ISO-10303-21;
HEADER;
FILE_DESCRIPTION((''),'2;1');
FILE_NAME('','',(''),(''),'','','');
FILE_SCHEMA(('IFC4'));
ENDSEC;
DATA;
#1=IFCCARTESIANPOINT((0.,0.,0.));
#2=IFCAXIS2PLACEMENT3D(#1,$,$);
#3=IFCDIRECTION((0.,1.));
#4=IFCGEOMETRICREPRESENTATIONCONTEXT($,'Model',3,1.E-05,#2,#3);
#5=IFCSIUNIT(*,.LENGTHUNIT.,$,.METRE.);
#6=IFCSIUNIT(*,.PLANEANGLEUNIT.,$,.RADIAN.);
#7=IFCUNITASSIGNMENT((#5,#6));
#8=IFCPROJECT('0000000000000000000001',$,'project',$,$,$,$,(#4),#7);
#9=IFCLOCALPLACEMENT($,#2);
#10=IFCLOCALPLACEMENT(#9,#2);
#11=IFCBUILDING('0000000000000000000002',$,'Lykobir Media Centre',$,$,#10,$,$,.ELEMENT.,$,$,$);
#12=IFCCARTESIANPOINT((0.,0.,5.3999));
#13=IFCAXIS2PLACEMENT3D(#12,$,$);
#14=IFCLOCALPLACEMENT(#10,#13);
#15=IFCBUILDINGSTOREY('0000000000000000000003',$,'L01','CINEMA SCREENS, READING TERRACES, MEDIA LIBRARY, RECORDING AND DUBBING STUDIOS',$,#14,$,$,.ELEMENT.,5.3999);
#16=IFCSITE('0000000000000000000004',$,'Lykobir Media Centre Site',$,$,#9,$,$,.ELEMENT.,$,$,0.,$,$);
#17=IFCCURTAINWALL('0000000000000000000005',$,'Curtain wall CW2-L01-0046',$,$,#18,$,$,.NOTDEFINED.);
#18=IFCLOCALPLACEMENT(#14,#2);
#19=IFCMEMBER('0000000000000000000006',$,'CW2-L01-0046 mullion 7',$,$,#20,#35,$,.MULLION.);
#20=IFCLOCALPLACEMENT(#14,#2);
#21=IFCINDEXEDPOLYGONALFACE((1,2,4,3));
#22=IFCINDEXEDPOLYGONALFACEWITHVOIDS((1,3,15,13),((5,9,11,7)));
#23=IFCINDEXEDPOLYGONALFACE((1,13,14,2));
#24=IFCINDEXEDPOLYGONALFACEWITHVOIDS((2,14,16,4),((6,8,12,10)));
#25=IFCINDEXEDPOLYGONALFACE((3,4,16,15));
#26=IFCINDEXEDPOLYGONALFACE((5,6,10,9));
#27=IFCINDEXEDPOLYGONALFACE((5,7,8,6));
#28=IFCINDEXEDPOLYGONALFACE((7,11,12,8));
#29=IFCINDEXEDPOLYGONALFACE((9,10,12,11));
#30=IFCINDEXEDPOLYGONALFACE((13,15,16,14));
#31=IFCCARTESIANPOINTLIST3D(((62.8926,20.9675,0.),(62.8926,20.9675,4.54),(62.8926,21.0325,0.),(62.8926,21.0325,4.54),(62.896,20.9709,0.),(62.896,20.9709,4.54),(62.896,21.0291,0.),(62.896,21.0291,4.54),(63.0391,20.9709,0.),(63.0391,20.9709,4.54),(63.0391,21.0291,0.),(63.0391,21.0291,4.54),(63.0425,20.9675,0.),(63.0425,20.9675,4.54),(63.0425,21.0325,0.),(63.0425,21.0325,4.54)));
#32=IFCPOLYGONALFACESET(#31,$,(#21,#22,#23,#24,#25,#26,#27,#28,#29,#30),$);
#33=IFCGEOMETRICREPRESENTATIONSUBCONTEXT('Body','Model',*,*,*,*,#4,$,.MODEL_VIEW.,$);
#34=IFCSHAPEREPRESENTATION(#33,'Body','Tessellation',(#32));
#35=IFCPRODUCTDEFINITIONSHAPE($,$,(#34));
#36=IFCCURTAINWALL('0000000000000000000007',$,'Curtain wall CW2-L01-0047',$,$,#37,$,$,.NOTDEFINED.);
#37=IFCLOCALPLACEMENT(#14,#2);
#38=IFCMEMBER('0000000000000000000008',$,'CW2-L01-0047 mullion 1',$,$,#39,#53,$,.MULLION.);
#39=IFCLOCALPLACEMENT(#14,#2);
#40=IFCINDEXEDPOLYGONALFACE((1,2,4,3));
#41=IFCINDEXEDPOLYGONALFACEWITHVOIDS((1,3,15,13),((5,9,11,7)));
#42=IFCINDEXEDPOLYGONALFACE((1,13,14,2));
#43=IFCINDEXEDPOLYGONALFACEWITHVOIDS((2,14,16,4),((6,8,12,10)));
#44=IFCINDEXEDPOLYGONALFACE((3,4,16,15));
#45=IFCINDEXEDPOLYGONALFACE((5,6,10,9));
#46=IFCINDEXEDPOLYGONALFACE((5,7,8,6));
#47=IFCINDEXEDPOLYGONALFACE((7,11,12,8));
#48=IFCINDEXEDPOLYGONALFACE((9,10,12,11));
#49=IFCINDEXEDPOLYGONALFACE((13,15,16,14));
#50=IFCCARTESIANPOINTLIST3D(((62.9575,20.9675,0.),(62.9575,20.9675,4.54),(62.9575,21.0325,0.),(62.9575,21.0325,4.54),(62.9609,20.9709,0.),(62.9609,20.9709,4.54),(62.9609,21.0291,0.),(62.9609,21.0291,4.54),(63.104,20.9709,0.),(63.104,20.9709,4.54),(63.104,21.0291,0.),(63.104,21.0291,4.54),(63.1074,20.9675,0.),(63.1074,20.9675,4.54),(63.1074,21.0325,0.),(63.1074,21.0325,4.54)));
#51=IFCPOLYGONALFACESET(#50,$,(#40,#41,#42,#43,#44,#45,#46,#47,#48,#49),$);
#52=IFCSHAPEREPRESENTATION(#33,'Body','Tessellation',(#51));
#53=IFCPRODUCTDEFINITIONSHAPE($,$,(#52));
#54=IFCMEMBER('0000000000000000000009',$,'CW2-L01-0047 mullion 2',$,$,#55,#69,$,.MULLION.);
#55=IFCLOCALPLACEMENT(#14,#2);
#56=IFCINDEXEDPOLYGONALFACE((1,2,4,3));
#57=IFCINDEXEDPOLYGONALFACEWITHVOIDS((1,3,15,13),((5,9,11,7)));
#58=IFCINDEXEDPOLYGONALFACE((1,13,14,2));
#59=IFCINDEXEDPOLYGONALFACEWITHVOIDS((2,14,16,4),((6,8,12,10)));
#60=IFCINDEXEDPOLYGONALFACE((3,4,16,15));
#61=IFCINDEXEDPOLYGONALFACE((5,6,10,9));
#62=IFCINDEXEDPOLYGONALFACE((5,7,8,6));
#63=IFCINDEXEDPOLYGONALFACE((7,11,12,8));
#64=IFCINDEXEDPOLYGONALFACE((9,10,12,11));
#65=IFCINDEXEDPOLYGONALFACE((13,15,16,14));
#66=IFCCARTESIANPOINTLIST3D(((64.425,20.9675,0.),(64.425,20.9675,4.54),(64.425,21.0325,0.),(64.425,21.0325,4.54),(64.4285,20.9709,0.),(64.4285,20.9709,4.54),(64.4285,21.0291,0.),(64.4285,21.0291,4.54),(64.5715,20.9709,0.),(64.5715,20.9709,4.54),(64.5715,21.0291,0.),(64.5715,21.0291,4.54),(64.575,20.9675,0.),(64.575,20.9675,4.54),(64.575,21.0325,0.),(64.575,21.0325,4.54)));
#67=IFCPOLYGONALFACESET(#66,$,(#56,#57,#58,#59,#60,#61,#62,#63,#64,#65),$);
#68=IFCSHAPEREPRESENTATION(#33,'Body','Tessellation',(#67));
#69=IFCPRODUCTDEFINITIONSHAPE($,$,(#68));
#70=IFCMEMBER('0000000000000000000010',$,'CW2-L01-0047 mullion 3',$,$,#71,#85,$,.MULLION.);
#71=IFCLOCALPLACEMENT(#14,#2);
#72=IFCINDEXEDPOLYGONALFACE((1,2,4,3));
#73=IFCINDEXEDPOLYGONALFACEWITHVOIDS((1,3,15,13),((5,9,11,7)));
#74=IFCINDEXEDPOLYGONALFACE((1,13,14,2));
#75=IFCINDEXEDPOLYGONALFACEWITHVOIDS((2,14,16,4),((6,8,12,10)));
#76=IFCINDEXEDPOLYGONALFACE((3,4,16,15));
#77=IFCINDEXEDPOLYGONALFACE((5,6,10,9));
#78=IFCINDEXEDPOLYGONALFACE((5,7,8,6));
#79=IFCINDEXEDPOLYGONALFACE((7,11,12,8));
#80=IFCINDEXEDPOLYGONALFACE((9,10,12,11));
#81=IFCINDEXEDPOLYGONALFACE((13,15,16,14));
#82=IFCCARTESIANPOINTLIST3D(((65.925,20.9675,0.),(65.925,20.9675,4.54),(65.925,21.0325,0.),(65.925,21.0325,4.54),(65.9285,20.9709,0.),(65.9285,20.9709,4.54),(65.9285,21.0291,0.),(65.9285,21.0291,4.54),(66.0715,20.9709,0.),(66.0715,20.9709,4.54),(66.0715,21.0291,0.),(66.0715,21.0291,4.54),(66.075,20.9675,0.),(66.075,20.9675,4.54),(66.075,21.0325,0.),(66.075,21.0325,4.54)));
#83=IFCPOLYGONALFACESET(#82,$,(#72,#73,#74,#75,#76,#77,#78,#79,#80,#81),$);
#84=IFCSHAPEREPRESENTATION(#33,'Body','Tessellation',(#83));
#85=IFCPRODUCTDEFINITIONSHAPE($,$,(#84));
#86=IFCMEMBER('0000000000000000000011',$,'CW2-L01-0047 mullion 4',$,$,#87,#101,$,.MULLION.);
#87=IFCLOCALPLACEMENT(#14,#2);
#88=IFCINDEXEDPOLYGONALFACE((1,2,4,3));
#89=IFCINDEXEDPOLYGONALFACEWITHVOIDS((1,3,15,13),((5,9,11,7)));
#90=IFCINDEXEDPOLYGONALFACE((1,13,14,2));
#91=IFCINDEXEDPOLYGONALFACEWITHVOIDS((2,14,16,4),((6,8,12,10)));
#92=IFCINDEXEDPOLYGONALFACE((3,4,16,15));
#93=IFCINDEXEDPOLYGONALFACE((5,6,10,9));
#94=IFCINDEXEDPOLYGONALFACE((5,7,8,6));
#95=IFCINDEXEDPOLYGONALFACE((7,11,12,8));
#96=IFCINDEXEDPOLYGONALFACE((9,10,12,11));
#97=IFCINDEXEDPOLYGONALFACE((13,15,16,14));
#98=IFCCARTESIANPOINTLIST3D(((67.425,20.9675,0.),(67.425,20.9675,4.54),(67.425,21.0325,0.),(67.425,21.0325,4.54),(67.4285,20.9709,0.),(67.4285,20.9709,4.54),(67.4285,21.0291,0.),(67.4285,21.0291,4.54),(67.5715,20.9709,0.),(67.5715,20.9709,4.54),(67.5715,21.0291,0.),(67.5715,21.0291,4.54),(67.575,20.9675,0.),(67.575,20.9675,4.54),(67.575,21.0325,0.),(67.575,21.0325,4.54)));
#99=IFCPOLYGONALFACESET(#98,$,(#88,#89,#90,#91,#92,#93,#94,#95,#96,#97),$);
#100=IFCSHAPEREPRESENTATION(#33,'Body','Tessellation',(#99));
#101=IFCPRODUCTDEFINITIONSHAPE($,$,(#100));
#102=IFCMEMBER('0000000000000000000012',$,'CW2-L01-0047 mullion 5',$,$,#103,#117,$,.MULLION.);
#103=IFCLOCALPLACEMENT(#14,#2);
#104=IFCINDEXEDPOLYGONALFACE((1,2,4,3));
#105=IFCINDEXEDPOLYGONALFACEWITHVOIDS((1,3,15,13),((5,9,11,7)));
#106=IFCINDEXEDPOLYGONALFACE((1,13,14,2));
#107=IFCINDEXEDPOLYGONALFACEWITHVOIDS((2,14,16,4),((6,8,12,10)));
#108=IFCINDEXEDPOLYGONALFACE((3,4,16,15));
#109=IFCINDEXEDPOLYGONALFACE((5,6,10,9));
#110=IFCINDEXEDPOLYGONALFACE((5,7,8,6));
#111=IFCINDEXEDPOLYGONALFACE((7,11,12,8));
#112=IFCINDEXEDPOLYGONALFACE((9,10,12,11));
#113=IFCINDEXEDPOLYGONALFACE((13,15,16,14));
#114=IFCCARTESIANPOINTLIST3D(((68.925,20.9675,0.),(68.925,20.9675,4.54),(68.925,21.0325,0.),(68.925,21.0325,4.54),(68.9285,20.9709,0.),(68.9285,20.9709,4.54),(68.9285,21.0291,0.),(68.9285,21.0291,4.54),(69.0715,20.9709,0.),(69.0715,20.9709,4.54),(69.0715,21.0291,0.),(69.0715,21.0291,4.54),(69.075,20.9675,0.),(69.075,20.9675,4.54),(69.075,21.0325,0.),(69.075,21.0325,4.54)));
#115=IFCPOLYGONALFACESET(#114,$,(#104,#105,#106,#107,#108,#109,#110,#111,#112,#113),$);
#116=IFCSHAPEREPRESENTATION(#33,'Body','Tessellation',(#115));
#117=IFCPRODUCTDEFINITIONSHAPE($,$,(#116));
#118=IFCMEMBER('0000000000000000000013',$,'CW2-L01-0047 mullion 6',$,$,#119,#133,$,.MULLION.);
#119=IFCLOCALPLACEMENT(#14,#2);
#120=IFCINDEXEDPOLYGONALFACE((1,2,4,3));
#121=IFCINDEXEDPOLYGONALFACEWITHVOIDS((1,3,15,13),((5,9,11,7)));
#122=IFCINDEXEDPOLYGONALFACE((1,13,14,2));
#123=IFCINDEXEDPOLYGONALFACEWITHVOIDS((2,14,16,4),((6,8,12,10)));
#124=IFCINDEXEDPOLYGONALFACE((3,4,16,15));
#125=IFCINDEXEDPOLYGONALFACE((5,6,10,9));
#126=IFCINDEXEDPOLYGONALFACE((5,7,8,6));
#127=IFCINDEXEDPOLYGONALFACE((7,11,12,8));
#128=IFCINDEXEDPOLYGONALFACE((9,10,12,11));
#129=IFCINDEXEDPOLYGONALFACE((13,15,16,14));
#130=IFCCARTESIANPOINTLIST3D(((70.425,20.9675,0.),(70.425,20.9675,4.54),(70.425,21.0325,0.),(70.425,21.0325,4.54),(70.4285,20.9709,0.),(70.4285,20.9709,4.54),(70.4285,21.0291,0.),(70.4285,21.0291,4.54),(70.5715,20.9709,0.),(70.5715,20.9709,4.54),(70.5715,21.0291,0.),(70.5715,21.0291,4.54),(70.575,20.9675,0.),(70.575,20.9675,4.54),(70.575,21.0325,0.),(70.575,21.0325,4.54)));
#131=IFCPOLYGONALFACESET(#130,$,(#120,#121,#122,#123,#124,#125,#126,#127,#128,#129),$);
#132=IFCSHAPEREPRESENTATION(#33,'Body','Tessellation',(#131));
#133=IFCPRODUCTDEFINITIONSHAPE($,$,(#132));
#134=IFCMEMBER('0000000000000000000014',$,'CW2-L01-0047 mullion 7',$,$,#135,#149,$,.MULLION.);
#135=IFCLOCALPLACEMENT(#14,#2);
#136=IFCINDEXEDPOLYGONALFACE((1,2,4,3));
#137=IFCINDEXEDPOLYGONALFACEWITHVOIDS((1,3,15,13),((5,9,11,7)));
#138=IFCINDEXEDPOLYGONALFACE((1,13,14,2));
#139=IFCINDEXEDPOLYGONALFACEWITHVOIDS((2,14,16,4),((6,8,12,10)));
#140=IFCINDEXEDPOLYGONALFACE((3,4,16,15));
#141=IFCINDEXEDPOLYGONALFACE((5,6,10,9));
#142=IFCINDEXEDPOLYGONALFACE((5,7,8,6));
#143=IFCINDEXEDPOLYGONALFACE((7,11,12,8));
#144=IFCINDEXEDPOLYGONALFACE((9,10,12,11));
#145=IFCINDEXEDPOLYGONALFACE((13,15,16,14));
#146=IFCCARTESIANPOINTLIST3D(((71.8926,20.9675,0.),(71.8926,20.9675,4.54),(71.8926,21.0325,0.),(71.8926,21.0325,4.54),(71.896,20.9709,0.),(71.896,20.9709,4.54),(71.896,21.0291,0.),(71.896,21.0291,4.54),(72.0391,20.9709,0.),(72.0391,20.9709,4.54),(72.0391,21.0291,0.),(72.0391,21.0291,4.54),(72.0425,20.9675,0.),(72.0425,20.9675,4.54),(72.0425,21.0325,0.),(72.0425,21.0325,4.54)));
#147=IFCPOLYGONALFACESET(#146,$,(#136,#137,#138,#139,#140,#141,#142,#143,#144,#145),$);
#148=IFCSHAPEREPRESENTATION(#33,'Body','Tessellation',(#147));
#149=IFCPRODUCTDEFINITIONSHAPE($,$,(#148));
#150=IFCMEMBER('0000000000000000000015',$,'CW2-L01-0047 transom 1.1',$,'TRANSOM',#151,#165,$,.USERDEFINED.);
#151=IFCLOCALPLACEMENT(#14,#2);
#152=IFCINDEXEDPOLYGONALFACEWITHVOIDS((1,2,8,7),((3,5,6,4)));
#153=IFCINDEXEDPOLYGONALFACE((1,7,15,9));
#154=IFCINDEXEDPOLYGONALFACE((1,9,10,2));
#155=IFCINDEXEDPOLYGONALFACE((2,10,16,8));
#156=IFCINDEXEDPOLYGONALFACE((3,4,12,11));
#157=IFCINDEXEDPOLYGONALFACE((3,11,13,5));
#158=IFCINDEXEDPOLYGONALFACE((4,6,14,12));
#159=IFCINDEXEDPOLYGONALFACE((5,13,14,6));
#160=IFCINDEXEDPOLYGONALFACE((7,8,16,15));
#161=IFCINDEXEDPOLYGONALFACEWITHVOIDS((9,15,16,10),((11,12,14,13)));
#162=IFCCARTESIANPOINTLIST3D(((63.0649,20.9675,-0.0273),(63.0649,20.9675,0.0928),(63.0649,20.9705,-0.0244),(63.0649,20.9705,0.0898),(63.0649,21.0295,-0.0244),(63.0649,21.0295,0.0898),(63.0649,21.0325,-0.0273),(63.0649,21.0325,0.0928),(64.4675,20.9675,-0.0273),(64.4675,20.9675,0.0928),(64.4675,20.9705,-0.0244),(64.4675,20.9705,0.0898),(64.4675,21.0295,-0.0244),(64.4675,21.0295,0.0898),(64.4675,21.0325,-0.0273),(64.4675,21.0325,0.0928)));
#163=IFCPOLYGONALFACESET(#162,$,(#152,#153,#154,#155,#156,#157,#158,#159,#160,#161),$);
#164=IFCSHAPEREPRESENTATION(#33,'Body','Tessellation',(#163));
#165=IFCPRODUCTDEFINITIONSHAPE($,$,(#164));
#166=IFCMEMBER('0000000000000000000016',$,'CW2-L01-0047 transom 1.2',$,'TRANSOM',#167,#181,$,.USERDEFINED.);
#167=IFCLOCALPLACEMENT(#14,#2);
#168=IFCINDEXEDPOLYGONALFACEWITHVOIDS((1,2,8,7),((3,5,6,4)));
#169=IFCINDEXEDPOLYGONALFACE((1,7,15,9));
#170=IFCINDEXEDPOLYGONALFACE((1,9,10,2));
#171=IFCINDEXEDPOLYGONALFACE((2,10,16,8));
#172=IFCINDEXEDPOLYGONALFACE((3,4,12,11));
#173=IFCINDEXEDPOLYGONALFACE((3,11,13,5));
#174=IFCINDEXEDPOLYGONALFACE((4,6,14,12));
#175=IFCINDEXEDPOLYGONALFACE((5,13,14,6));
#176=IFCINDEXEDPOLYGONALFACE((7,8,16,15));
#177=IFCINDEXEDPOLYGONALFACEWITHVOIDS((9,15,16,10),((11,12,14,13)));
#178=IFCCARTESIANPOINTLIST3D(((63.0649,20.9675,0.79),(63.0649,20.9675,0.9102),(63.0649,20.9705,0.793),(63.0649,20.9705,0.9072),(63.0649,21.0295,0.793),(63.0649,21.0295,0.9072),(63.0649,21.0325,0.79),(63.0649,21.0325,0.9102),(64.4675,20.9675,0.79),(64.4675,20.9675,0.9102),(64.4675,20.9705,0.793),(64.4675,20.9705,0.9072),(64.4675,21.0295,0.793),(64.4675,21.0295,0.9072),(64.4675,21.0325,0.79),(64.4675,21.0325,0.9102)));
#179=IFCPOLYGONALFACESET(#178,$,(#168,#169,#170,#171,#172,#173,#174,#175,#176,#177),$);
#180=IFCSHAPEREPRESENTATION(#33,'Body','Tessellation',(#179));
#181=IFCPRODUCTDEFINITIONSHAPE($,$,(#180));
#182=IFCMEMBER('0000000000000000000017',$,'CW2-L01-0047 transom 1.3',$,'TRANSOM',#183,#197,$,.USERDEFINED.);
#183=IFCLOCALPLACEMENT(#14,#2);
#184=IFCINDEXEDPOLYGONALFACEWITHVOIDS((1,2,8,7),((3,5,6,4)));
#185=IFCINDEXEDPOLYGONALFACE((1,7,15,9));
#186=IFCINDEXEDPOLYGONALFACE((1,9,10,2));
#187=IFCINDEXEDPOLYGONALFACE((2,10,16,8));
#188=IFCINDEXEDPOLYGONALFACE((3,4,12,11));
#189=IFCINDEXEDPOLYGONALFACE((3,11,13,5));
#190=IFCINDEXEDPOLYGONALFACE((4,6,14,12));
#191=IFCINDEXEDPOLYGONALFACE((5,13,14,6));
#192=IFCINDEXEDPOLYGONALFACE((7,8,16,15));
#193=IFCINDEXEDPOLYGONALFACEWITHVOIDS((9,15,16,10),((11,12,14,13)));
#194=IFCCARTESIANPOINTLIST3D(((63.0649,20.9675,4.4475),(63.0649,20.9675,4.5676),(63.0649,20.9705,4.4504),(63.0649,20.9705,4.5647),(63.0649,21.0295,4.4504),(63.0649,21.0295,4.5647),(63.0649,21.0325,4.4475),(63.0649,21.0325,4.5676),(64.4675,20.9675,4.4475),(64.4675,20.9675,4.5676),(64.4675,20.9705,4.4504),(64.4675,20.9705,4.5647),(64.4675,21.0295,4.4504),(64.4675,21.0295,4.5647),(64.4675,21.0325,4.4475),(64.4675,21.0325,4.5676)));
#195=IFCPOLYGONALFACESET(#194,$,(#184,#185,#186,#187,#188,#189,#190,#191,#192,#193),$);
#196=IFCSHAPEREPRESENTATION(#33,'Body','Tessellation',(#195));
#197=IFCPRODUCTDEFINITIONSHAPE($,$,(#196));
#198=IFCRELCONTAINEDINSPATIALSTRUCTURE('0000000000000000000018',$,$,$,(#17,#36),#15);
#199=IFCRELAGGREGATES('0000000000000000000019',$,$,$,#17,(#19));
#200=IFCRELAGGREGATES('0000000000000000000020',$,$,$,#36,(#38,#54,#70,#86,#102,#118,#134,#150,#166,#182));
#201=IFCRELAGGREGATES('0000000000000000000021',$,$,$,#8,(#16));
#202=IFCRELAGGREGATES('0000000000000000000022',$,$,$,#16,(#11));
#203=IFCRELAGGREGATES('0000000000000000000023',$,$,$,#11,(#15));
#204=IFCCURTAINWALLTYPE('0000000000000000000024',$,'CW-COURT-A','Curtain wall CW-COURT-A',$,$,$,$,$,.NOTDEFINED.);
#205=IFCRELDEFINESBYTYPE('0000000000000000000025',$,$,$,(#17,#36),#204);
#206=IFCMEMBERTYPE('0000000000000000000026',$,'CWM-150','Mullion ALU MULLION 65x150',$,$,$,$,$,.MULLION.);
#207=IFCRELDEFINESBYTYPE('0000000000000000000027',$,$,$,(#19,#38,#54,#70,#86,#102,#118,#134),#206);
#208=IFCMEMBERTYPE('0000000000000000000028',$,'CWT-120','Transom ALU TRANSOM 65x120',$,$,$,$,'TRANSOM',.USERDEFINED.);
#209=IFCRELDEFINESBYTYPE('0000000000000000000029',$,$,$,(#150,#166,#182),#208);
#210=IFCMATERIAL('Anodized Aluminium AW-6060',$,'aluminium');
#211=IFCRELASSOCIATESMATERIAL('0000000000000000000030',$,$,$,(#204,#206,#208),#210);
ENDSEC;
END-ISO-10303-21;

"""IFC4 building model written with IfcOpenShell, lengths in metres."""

from ifc_helpers import new_model, si_unit, direction, frame, origin, origin_2d, place, context, subcontext, project, spatial, hollow_rectangle, extrude, material, material_profile, profile_set, type_object, element, aggregate, save


model = new_model("IFC4")

# Units and contexts
model_context = context("Model", 3, precision=1e-05, world=origin(), true_north=direction((0.0, 1.0)))
body_context = subcontext(model_context, "Body", "Model", "MODEL_VIEW")
ifc_project = project(units=[si_unit("LENGTHUNIT", "METRE"), si_unit("PLANEANGLEUNIT", "RADIAN")], contexts=[model_context])

# Site, building, storey
site_placement = place(None, origin())
site = spatial("IfcSite", under=ifc_project, at=site_placement, Name="Lykobir Media Centre Site", CompositionType="ELEMENT", RefElevation=0.0)
building_placement = place(site_placement, origin())
building = spatial("IfcBuilding", under=site, at=building_placement, Name="Lykobir Media Centre", CompositionType="ELEMENT")
storey_placement = place(building_placement, frame((0.0, 0.0, 5.3999)))
storey = spatial("IfcBuildingStorey", under=building, at=storey_placement, Name="L01", Description="CINEMA SCREENS, READING TERRACES, MEDIA LIBRARY, RECORDING AND DUBBING STUDIOS", CompositionType="ELEMENT", Elevation=5.3999)

# Curtain wall, member
ifc_material_1 = material(Name="Anodized Aluminium AW-6060", Category="aluminium")
curtain_wall_type = type_object("IfcCurtainWallType", Name="CW-COURT-A", Description="Curtain wall CW-COURT-A", PredefinedType="NOTDEFINED", material=ifc_material_1)
curtain_wall_1_placement = place(storey_placement, origin())
curtain_wall_1 = element("IfcCurtainWall", 1, at=curtain_wall_1_placement, inside=storey, type_object=curtain_wall_type, Name="Curtain wall CW2-L01-0046", PredefinedType="NOTDEFINED")
ifc_material_profile_1 = material_profile(ifc_material_1, hollow_rectangle(XDim=0.0649, YDim=0.1499, WallThickness=0.0034, at=origin_2d()), Name="ALU MULLION 65x150")
ifc_profile_set_1 = profile_set([ifc_material_profile_1], Name="Anodized Aluminium AW-6060")
member_type_1 = type_object("IfcMemberType", Name="CWM-150", Description="Mullion ALU MULLION 65x150", PredefinedType="MULLION", material=ifc_profile_set_1)
member_1_placement = place(storey_placement, frame((62.9675, 21.0, 0.0), z_axis=(0.0, 0.0, 1.0), x_axis=(0.0, 1.0, 0.0)))
member_1 = element("IfcMember", 2, at=member_1_placement, type_object=member_type_1, Name="CW2-L01-0046 mullion 7", PredefinedType="MULLION", context=body_context, shape_type="SweptSolid", body=[
    extrude(hollow_rectangle(XDim=0.0649, YDim=0.1499, WallThickness=0.0034, at=origin_2d()), origin(), (0.0, 0.0, 1.0), 4.54),
])

# Curtain wall, members
curtain_wall_2_placement = place(storey_placement, origin())
curtain_wall_2 = element("IfcCurtainWall", 3, at=curtain_wall_2_placement, inside=storey, type_object=curtain_wall_type, Name="Curtain wall CW2-L01-0047", PredefinedType="NOTDEFINED")
member_2_placement = place(storey_placement, frame((63.0325, 21.0, 0.0), z_axis=(0.0, 0.0, 1.0), x_axis=(0.0, 1.0, 0.0)))
member_2 = element("IfcMember", 4, at=member_2_placement, type_object=member_type_1, Name="CW2-L01-0047 mullion 1", PredefinedType="MULLION", context=body_context, shape_type="SweptSolid", body=[
    extrude(hollow_rectangle(XDim=0.0649, YDim=0.1499, WallThickness=0.0034, at=origin_2d()), origin(), (0.0, 0.0, 1.0), 4.54),
])
member_3_placement = place(storey_placement, frame((64.5, 21.0, 0.0), z_axis=(0.0, 0.0, 1.0), x_axis=(0.0, 1.0, 0.0)))
member_3 = element("IfcMember", 5, at=member_3_placement, type_object=member_type_1, Name="CW2-L01-0047 mullion 2", PredefinedType="MULLION", context=body_context, shape_type="SweptSolid", body=[
    extrude(hollow_rectangle(XDim=0.0649, YDim=0.1499, WallThickness=0.0034, at=origin_2d()), origin(), (0.0, 0.0, 1.0), 4.54),
])
member_4_placement = place(storey_placement, frame((66.0, 21.0, 0.0), z_axis=(0.0, 0.0, 1.0), x_axis=(0.0, 1.0, 0.0)))
member_4 = element("IfcMember", 6, at=member_4_placement, type_object=member_type_1, Name="CW2-L01-0047 mullion 3", PredefinedType="MULLION", context=body_context, shape_type="SweptSolid", body=[
    extrude(hollow_rectangle(XDim=0.0649, YDim=0.1499, WallThickness=0.0034, at=origin_2d()), origin(), (0.0, 0.0, 1.0), 4.54),
])
member_5_placement = place(storey_placement, frame((67.5, 21.0, 0.0), z_axis=(0.0, 0.0, 1.0), x_axis=(0.0, 1.0, 0.0)))
member_5 = element("IfcMember", 7, at=member_5_placement, type_object=member_type_1, Name="CW2-L01-0047 mullion 4", PredefinedType="MULLION", context=body_context, shape_type="SweptSolid", body=[
    extrude(hollow_rectangle(XDim=0.0649, YDim=0.1499, WallThickness=0.0034, at=origin_2d()), origin(), (0.0, 0.0, 1.0), 4.54),
])
member_6_placement = place(storey_placement, frame((69.0, 21.0, 0.0), z_axis=(0.0, 0.0, 1.0), x_axis=(0.0, 1.0, 0.0)))
member_6 = element("IfcMember", 8, at=member_6_placement, type_object=member_type_1, Name="CW2-L01-0047 mullion 5", PredefinedType="MULLION", context=body_context, shape_type="SweptSolid", body=[
    extrude(hollow_rectangle(XDim=0.0649, YDim=0.1499, WallThickness=0.0034, at=origin_2d()), origin(), (0.0, 0.0, 1.0), 4.54),
])
member_7_placement = place(storey_placement, frame((70.5, 21.0, 0.0), z_axis=(0.0, 0.0, 1.0), x_axis=(0.0, 1.0, 0.0)))
member_7 = element("IfcMember", 9, at=member_7_placement, type_object=member_type_1, Name="CW2-L01-0047 mullion 6", PredefinedType="MULLION", context=body_context, shape_type="SweptSolid", body=[
    extrude(hollow_rectangle(XDim=0.0649, YDim=0.1499, WallThickness=0.0034, at=origin_2d()), origin(), (0.0, 0.0, 1.0), 4.54),
])
member_8_placement = place(storey_placement, frame((71.9675, 21.0, 0.0), z_axis=(0.0, 0.0, 1.0), x_axis=(0.0, 1.0, 0.0)))
member_8 = element("IfcMember", 10, at=member_8_placement, type_object=member_type_1, Name="CW2-L01-0047 mullion 7", PredefinedType="MULLION", context=body_context, shape_type="SweptSolid", body=[
    extrude(hollow_rectangle(XDim=0.0649, YDim=0.1499, WallThickness=0.0034, at=origin_2d()), origin(), (0.0, 0.0, 1.0), 4.54),
])
ifc_material_profile_2 = material_profile(ifc_material_1, hollow_rectangle(XDim=0.0649, YDim=0.1201, WallThickness=0.0029, at=origin_2d()), Name="ALU TRANSOM 65x120")
ifc_profile_set_2 = profile_set([ifc_material_profile_2], Name="Anodized Aluminium AW-6060")
member_type_2 = type_object("IfcMemberType", Name="CWT-120", Description="Transom ALU TRANSOM 65x120", ElementType="TRANSOM", PredefinedType="USERDEFINED", material=ifc_profile_set_2)
member_9_placement = place(storey_placement, frame((63.0649, 21.0, 0.0327), z_axis=(1.0, 0.0, 0.0), x_axis=(0.0, 1.0, 0.0)))
member_9 = element("IfcMember", 11, at=member_9_placement, type_object=member_type_2, Name="CW2-L01-0047 transom 1.1", ObjectType="TRANSOM", PredefinedType="USERDEFINED", context=body_context, shape_type="SweptSolid", body=[
    extrude(hollow_rectangle(XDim=0.0649, YDim=0.1201, WallThickness=0.0029, at=origin_2d()), origin(), (0.0, 0.0, 1.0), 1.4026),
])
member_10_placement = place(storey_placement, frame((63.0649, 21.0, 0.8501), z_axis=(1.0, 0.0, 0.0), x_axis=(0.0, 1.0, 0.0)))
member_10 = element("IfcMember", 12, at=member_10_placement, type_object=member_type_2, Name="CW2-L01-0047 transom 1.2", ObjectType="TRANSOM", PredefinedType="USERDEFINED", context=body_context, shape_type="SweptSolid", body=[
    extrude(hollow_rectangle(XDim=0.0649, YDim=0.1201, WallThickness=0.0029, at=origin_2d()), origin(), (0.0, 0.0, 1.0), 1.4026),
])
member_11_placement = place(storey_placement, frame((63.0649, 21.0, 4.5076), z_axis=(1.0, 0.0, 0.0), x_axis=(0.0, 1.0, 0.0)))
member_11 = element("IfcMember", 13, at=member_11_placement, type_object=member_type_2, Name="CW2-L01-0047 transom 1.3", ObjectType="TRANSOM", PredefinedType="USERDEFINED", context=body_context, shape_type="SweptSolid", body=[
    extrude(hollow_rectangle(XDim=0.0649, YDim=0.1201, WallThickness=0.0029, at=origin_2d()), origin(), (0.0, 0.0, 1.0), 1.4026),
])

aggregate(curtain_wall_1, [member_1])
aggregate(curtain_wall_2, [member_2, member_3, member_4, member_5, member_6, member_7, member_8, member_9, member_10, member_11])

save(model, "model.ifc")
